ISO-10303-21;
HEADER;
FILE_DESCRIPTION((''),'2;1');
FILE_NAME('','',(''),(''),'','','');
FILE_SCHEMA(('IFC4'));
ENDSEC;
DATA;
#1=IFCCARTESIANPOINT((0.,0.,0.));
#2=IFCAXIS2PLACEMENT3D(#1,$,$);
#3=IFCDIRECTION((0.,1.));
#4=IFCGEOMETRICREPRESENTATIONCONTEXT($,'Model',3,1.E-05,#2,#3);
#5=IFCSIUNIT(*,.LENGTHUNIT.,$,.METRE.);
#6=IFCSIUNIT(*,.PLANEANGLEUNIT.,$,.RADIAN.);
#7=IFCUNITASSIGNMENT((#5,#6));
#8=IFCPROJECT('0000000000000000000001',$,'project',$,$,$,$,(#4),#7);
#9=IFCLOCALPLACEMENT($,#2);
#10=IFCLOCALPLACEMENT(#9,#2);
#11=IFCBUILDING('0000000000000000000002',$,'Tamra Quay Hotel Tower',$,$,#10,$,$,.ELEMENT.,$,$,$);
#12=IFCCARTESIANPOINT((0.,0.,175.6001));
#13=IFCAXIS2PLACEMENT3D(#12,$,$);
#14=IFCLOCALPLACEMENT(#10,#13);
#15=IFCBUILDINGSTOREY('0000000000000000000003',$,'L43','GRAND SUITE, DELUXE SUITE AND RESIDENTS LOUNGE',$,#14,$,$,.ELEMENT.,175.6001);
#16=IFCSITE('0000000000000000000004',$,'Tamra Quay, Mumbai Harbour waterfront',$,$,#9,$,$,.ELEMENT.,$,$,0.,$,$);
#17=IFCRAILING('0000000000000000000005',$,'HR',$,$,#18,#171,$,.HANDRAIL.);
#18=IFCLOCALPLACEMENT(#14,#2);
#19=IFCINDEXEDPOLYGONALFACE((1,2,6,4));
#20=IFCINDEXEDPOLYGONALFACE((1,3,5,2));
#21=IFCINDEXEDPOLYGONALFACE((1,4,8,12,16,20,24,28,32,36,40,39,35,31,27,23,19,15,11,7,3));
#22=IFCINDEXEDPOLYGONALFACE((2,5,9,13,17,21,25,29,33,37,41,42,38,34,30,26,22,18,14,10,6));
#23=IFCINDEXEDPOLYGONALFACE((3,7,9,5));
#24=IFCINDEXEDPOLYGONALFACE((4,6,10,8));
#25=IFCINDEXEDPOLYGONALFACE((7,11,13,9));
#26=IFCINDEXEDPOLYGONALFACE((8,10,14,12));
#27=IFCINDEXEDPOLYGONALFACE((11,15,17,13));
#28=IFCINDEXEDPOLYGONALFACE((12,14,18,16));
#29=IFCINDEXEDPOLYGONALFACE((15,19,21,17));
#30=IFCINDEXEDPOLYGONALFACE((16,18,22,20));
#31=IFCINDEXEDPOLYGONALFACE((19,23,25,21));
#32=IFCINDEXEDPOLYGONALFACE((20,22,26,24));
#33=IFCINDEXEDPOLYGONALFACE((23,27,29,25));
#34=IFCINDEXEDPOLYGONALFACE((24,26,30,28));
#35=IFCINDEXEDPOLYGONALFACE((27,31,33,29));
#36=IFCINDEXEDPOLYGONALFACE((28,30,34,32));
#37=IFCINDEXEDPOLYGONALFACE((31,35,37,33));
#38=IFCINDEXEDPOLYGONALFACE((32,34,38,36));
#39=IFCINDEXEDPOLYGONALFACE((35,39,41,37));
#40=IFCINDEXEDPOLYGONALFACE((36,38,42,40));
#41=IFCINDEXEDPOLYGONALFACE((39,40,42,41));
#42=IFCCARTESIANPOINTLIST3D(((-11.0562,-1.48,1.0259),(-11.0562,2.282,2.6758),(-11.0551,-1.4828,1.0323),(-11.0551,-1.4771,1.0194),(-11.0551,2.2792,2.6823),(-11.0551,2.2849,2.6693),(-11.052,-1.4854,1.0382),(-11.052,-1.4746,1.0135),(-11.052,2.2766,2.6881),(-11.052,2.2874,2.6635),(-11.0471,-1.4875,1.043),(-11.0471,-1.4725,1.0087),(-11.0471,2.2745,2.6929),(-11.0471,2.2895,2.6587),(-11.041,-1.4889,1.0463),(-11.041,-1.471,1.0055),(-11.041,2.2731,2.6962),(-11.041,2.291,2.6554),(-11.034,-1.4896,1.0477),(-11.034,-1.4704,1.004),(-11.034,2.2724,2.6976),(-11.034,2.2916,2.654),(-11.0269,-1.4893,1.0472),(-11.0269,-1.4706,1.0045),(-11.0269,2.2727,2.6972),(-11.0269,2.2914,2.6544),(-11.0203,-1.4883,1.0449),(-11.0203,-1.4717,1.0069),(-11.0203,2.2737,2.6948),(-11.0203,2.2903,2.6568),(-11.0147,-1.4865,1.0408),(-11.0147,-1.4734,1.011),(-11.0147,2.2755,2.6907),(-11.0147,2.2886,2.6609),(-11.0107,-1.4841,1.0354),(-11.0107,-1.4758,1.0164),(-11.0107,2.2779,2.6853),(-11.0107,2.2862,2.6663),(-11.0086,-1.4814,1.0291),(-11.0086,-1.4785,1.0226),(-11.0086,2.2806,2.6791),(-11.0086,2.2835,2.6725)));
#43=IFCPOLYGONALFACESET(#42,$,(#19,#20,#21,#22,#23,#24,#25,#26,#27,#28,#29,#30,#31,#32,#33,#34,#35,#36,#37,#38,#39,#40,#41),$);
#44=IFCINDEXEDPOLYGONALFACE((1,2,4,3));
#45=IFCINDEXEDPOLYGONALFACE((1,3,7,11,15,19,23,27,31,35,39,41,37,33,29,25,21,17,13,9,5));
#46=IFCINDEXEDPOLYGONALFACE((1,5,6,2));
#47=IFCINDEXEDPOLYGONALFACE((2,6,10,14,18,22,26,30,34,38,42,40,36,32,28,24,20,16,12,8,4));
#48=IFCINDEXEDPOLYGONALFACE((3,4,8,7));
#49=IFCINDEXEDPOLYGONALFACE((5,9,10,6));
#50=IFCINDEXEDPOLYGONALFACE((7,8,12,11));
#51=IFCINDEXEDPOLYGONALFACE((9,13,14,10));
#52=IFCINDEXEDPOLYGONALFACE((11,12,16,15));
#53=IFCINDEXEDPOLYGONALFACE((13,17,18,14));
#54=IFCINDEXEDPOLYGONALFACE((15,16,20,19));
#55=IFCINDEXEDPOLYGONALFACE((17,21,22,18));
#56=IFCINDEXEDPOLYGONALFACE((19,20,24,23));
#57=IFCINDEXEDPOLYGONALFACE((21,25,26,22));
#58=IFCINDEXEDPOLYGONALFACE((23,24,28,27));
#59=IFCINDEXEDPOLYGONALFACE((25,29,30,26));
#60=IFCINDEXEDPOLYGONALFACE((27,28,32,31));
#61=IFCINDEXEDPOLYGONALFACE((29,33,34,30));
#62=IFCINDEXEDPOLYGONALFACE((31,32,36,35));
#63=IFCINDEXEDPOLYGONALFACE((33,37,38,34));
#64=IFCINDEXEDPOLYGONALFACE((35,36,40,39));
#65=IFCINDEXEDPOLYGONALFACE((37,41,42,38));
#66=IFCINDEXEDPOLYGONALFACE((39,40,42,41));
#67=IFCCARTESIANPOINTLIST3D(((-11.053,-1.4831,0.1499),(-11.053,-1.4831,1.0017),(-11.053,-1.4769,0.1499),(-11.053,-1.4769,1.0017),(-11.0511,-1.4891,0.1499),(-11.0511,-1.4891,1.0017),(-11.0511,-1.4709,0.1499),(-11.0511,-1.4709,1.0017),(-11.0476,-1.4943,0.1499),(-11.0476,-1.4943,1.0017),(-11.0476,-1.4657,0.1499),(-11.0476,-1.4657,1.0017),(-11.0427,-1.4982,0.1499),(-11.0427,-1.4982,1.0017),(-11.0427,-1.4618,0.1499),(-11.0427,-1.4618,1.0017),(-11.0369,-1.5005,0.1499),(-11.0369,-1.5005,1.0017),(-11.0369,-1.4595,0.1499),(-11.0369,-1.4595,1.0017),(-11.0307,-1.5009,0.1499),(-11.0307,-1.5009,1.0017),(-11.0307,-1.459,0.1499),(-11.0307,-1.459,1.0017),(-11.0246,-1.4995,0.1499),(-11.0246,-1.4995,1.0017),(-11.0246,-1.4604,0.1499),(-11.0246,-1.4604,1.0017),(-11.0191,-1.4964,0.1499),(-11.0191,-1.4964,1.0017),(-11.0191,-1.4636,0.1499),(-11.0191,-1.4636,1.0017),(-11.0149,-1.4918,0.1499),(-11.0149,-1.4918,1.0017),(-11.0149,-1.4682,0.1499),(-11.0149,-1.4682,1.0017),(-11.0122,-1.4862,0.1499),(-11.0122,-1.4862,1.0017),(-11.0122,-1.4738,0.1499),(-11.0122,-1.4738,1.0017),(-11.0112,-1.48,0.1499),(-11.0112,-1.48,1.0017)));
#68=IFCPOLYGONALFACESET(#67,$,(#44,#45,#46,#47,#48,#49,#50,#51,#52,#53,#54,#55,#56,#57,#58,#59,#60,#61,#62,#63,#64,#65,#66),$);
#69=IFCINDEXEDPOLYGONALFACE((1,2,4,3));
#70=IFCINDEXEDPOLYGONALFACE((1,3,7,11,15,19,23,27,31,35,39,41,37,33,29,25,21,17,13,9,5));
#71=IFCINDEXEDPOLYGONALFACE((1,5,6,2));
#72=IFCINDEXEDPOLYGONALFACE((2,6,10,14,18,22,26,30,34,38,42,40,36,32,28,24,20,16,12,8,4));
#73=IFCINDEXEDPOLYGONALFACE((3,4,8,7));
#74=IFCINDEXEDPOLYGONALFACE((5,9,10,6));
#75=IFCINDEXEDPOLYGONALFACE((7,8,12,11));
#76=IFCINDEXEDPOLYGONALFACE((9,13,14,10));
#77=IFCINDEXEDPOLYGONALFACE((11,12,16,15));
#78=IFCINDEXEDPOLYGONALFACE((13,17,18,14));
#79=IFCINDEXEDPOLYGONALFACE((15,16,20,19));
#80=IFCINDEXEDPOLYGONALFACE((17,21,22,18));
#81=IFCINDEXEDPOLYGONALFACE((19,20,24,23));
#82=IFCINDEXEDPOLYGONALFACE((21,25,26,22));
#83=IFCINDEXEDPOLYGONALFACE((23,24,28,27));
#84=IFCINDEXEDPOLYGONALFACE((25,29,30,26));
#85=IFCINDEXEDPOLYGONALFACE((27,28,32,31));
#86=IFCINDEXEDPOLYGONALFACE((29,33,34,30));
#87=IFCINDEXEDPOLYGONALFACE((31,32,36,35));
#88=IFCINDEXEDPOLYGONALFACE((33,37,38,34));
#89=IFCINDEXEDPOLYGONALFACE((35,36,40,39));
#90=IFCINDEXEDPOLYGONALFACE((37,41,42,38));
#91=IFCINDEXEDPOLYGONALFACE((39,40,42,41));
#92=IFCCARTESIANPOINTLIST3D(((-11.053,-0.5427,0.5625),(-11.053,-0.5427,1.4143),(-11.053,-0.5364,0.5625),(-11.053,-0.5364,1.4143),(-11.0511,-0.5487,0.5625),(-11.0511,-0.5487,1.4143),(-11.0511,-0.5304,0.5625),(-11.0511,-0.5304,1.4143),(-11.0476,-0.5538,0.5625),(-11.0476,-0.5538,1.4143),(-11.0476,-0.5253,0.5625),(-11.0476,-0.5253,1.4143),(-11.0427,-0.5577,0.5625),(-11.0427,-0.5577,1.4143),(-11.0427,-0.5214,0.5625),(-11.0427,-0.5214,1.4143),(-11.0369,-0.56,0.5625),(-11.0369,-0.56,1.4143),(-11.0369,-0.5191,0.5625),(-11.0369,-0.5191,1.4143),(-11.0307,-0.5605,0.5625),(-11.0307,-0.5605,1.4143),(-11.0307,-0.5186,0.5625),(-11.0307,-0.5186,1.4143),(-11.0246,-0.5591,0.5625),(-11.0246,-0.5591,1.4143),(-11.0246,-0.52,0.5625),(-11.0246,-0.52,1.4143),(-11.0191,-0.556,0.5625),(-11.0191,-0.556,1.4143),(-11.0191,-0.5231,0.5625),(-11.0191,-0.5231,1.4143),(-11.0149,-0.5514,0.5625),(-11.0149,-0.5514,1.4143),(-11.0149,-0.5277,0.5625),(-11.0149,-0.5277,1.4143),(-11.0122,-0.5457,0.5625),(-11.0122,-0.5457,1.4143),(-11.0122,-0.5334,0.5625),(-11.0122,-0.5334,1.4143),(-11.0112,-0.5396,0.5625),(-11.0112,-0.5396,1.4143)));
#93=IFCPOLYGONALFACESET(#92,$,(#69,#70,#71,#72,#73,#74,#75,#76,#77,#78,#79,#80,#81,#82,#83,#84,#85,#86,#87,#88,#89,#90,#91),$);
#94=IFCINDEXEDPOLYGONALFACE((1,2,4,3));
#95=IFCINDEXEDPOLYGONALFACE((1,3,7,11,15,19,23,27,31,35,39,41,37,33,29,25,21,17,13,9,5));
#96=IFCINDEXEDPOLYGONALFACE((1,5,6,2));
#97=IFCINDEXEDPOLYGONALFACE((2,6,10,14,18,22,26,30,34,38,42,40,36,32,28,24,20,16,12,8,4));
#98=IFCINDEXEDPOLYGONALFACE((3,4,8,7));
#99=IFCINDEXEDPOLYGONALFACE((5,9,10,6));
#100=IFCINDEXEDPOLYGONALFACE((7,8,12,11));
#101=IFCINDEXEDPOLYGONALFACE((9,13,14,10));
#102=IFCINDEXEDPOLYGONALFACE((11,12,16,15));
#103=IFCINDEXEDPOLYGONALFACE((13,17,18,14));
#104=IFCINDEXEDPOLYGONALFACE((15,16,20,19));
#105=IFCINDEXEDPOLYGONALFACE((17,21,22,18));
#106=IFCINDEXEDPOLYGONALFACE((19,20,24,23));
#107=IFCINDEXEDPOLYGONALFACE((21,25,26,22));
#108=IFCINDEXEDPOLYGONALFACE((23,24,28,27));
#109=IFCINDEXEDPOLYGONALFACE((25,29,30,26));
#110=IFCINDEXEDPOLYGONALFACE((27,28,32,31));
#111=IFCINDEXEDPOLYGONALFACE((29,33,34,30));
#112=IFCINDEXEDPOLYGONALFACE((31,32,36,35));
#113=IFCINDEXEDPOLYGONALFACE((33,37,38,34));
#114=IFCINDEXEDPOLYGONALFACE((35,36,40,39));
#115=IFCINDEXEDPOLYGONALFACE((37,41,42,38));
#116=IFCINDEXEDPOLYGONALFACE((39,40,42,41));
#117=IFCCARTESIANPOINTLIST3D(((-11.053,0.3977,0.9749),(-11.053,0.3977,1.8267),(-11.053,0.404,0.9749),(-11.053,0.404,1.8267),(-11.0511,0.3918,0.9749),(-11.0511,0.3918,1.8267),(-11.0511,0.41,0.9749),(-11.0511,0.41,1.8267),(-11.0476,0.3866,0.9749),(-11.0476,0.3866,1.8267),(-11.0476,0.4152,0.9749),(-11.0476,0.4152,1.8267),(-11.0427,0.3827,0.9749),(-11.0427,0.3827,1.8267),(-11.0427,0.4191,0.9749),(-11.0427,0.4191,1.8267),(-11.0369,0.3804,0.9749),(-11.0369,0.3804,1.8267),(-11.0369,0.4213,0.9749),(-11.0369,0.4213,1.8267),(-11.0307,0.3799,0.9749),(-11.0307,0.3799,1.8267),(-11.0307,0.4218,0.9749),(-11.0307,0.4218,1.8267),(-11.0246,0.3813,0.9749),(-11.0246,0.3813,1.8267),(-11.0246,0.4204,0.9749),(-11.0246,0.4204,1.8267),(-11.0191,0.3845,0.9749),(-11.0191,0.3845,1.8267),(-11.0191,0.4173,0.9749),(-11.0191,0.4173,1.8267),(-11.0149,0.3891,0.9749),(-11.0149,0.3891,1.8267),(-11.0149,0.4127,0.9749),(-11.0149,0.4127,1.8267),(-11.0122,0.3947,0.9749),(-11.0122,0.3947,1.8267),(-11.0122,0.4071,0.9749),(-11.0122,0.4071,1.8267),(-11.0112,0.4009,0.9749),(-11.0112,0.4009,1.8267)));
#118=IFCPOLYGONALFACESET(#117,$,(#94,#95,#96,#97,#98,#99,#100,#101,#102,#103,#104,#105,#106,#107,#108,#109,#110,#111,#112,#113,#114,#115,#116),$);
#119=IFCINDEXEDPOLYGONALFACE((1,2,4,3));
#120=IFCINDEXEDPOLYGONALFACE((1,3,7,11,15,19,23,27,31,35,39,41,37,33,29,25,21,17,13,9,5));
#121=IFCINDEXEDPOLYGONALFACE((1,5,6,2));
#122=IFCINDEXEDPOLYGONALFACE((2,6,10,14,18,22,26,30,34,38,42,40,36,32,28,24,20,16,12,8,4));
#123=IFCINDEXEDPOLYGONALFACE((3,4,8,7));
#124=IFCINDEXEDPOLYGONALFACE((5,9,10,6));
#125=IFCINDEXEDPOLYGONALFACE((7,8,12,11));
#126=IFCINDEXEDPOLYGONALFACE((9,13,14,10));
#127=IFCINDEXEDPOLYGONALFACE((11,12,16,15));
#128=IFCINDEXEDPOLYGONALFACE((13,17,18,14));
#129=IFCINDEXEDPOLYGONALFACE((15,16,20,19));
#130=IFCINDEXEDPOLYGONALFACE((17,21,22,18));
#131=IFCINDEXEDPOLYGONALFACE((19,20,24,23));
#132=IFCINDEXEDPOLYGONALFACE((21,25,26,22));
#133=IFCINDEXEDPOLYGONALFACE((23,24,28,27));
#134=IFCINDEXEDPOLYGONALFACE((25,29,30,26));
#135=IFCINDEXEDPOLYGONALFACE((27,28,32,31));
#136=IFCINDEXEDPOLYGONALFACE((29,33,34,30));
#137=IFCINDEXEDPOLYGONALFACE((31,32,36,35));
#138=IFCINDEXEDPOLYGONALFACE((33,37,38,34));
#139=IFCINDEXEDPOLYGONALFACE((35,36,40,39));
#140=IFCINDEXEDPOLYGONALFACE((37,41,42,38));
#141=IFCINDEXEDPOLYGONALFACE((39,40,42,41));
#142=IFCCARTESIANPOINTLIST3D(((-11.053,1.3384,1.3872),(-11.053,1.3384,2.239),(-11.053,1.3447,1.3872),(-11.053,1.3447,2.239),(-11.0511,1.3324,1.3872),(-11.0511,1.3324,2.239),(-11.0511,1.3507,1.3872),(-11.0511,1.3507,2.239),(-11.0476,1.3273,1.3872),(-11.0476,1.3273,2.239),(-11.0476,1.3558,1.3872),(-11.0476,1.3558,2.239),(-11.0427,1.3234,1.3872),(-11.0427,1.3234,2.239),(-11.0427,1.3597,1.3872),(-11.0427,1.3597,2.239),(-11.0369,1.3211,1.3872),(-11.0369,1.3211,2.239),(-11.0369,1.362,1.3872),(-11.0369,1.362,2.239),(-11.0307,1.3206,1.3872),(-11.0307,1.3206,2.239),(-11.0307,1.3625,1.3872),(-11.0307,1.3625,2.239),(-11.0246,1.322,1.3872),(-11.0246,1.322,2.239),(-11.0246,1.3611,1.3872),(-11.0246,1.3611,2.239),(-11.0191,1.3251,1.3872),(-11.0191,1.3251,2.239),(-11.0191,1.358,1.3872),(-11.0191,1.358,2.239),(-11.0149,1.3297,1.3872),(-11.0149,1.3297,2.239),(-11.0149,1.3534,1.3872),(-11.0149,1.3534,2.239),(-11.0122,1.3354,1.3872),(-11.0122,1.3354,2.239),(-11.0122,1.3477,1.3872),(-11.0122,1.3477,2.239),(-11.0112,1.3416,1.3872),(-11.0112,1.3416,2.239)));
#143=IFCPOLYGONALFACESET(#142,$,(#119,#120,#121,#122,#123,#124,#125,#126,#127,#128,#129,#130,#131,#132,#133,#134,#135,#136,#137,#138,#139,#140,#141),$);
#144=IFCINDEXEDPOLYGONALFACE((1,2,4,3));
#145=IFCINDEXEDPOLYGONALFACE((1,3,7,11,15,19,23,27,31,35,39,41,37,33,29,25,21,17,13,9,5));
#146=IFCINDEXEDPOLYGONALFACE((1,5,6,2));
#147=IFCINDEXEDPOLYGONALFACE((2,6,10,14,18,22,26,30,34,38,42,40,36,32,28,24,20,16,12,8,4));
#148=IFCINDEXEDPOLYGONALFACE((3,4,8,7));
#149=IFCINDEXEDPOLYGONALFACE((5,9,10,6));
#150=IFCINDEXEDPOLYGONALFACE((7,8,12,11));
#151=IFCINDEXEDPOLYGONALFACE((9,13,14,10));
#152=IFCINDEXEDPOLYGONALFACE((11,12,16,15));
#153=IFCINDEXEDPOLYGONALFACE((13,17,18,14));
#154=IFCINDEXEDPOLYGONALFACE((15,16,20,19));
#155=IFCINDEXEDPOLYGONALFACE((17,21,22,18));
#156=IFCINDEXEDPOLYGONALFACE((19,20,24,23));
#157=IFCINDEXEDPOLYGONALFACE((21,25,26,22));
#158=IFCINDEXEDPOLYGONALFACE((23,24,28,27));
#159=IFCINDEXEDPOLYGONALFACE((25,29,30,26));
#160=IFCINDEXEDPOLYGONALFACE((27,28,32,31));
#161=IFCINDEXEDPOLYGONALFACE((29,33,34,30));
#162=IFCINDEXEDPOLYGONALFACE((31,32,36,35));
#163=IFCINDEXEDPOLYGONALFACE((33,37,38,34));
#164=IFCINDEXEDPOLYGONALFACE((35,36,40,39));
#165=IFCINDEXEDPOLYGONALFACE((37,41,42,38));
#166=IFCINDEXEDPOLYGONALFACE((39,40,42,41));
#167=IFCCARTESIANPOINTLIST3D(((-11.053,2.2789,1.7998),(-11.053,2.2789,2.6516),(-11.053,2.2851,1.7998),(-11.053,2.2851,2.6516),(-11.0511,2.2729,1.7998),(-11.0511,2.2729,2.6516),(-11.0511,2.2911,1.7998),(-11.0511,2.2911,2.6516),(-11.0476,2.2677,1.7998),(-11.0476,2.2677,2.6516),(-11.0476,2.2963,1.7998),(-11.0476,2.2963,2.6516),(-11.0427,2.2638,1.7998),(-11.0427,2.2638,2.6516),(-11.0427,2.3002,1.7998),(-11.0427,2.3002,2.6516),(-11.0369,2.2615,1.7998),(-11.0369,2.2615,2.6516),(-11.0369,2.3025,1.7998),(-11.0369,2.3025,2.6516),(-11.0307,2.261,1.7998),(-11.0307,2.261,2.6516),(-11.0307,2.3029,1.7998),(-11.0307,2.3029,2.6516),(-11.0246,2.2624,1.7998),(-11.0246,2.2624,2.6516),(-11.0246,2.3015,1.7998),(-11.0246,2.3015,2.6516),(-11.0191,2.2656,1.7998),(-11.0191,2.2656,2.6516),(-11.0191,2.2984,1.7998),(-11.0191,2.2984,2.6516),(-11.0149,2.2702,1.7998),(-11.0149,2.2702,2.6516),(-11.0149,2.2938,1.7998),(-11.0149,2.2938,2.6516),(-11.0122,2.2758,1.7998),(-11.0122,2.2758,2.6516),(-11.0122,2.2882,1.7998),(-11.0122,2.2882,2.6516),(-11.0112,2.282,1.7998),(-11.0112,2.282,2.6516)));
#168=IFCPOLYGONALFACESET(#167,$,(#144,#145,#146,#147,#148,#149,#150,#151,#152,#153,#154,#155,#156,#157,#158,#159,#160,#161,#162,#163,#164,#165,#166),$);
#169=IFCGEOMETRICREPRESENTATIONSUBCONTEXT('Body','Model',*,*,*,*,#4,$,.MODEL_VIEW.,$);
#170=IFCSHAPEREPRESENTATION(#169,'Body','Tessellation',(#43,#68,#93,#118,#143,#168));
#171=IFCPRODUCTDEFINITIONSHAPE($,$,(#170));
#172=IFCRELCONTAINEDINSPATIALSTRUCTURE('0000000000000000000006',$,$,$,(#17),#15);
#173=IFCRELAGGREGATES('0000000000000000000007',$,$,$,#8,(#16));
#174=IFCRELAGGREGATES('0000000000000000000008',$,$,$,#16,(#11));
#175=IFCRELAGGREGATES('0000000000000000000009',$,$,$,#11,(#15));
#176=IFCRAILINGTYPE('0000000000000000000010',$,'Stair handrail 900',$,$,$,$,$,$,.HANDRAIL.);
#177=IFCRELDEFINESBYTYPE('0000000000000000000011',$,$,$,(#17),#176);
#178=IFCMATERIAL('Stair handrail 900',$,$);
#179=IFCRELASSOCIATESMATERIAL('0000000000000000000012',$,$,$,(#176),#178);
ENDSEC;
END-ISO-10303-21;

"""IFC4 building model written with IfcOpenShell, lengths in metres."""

from ifc_helpers import new_model, si_unit, direction, frame, origin, origin_2d, place, context, subcontext, project, spatial, circle, extrude, material, type_object, element, save


model = new_model("IFC4")

# Units and contexts
model_context = context("Model", 3, precision=1e-05, world=origin(), true_north=direction((0.0, 1.0)))
body_context = subcontext(model_context, "Body", "Model", "MODEL_VIEW")
ifc_project = project(units=[si_unit("LENGTHUNIT", "METRE"), si_unit("PLANEANGLEUNIT", "RADIAN")], contexts=[model_context])

# Site, building, storey
site_placement = place(None, origin())
site = spatial("IfcSite", under=ifc_project, at=site_placement, Name="Tamra Quay, Mumbai Harbour waterfront", CompositionType="ELEMENT", RefElevation=0.0)
building_placement = place(site_placement, origin())
building = spatial("IfcBuilding", under=site, at=building_placement, Name="Tamra Quay Hotel Tower", CompositionType="ELEMENT")
storey_placement = place(building_placement, frame((0.0, 0.0, 175.6001)))
storey = spatial("IfcBuildingStorey", under=building, at=storey_placement, Name="L43", Description="GRAND SUITE, DELUXE SUITE AND RESIDENTS LOUNGE", CompositionType="ELEMENT", Elevation=175.6001)

# Railing
ifc_material_1 = material(Name="Stair handrail 900")
railing_type = type_object("IfcRailingType", Name="Stair handrail 900", PredefinedType="HANDRAIL", material=ifc_material_1)
railing_placement = place(storey_placement, frame((-11.0322, -1.48, 0.1499)))
element("IfcRailing", 1, at=railing_placement, inside=storey, type_object=railing_type, Name="HR", PredefinedType="HANDRAIL", context=body_context, shape_type="SweptSolid", body=[
    extrude(circle(Radius=0.0239, at=origin_2d()), frame((0.0, 0.0, 0.876), z_axis=(0.0, 0.915795, 0.401645), x_axis=(-1.0, 0.0, 0.0)), (0.0, 0.0, 1.0), 4.1079),
    extrude(circle(Radius=0.021, at=origin_2d()), origin(), (0.0, 0.0, 1.0), 0.8518),
    extrude(circle(Radius=0.021, at=origin_2d()), frame((0.0, 0.9404, 0.4126)), (0.0, 0.0, 1.0), 0.8518),
    extrude(circle(Radius=0.021, at=origin_2d()), frame((0.0, 1.8809, 0.825)), (0.0, 0.0, 1.0), 0.8518),
    extrude(circle(Radius=0.021, at=origin_2d()), frame((0.0, 2.8215, 1.2373)), (0.0, 0.0, 1.0), 0.8518),
    extrude(circle(Radius=0.021, at=origin_2d()), frame((0.0, 3.762, 1.6499)), (0.0, 0.0, 1.0), 0.8518),
])

save(model, "model.ifc")
